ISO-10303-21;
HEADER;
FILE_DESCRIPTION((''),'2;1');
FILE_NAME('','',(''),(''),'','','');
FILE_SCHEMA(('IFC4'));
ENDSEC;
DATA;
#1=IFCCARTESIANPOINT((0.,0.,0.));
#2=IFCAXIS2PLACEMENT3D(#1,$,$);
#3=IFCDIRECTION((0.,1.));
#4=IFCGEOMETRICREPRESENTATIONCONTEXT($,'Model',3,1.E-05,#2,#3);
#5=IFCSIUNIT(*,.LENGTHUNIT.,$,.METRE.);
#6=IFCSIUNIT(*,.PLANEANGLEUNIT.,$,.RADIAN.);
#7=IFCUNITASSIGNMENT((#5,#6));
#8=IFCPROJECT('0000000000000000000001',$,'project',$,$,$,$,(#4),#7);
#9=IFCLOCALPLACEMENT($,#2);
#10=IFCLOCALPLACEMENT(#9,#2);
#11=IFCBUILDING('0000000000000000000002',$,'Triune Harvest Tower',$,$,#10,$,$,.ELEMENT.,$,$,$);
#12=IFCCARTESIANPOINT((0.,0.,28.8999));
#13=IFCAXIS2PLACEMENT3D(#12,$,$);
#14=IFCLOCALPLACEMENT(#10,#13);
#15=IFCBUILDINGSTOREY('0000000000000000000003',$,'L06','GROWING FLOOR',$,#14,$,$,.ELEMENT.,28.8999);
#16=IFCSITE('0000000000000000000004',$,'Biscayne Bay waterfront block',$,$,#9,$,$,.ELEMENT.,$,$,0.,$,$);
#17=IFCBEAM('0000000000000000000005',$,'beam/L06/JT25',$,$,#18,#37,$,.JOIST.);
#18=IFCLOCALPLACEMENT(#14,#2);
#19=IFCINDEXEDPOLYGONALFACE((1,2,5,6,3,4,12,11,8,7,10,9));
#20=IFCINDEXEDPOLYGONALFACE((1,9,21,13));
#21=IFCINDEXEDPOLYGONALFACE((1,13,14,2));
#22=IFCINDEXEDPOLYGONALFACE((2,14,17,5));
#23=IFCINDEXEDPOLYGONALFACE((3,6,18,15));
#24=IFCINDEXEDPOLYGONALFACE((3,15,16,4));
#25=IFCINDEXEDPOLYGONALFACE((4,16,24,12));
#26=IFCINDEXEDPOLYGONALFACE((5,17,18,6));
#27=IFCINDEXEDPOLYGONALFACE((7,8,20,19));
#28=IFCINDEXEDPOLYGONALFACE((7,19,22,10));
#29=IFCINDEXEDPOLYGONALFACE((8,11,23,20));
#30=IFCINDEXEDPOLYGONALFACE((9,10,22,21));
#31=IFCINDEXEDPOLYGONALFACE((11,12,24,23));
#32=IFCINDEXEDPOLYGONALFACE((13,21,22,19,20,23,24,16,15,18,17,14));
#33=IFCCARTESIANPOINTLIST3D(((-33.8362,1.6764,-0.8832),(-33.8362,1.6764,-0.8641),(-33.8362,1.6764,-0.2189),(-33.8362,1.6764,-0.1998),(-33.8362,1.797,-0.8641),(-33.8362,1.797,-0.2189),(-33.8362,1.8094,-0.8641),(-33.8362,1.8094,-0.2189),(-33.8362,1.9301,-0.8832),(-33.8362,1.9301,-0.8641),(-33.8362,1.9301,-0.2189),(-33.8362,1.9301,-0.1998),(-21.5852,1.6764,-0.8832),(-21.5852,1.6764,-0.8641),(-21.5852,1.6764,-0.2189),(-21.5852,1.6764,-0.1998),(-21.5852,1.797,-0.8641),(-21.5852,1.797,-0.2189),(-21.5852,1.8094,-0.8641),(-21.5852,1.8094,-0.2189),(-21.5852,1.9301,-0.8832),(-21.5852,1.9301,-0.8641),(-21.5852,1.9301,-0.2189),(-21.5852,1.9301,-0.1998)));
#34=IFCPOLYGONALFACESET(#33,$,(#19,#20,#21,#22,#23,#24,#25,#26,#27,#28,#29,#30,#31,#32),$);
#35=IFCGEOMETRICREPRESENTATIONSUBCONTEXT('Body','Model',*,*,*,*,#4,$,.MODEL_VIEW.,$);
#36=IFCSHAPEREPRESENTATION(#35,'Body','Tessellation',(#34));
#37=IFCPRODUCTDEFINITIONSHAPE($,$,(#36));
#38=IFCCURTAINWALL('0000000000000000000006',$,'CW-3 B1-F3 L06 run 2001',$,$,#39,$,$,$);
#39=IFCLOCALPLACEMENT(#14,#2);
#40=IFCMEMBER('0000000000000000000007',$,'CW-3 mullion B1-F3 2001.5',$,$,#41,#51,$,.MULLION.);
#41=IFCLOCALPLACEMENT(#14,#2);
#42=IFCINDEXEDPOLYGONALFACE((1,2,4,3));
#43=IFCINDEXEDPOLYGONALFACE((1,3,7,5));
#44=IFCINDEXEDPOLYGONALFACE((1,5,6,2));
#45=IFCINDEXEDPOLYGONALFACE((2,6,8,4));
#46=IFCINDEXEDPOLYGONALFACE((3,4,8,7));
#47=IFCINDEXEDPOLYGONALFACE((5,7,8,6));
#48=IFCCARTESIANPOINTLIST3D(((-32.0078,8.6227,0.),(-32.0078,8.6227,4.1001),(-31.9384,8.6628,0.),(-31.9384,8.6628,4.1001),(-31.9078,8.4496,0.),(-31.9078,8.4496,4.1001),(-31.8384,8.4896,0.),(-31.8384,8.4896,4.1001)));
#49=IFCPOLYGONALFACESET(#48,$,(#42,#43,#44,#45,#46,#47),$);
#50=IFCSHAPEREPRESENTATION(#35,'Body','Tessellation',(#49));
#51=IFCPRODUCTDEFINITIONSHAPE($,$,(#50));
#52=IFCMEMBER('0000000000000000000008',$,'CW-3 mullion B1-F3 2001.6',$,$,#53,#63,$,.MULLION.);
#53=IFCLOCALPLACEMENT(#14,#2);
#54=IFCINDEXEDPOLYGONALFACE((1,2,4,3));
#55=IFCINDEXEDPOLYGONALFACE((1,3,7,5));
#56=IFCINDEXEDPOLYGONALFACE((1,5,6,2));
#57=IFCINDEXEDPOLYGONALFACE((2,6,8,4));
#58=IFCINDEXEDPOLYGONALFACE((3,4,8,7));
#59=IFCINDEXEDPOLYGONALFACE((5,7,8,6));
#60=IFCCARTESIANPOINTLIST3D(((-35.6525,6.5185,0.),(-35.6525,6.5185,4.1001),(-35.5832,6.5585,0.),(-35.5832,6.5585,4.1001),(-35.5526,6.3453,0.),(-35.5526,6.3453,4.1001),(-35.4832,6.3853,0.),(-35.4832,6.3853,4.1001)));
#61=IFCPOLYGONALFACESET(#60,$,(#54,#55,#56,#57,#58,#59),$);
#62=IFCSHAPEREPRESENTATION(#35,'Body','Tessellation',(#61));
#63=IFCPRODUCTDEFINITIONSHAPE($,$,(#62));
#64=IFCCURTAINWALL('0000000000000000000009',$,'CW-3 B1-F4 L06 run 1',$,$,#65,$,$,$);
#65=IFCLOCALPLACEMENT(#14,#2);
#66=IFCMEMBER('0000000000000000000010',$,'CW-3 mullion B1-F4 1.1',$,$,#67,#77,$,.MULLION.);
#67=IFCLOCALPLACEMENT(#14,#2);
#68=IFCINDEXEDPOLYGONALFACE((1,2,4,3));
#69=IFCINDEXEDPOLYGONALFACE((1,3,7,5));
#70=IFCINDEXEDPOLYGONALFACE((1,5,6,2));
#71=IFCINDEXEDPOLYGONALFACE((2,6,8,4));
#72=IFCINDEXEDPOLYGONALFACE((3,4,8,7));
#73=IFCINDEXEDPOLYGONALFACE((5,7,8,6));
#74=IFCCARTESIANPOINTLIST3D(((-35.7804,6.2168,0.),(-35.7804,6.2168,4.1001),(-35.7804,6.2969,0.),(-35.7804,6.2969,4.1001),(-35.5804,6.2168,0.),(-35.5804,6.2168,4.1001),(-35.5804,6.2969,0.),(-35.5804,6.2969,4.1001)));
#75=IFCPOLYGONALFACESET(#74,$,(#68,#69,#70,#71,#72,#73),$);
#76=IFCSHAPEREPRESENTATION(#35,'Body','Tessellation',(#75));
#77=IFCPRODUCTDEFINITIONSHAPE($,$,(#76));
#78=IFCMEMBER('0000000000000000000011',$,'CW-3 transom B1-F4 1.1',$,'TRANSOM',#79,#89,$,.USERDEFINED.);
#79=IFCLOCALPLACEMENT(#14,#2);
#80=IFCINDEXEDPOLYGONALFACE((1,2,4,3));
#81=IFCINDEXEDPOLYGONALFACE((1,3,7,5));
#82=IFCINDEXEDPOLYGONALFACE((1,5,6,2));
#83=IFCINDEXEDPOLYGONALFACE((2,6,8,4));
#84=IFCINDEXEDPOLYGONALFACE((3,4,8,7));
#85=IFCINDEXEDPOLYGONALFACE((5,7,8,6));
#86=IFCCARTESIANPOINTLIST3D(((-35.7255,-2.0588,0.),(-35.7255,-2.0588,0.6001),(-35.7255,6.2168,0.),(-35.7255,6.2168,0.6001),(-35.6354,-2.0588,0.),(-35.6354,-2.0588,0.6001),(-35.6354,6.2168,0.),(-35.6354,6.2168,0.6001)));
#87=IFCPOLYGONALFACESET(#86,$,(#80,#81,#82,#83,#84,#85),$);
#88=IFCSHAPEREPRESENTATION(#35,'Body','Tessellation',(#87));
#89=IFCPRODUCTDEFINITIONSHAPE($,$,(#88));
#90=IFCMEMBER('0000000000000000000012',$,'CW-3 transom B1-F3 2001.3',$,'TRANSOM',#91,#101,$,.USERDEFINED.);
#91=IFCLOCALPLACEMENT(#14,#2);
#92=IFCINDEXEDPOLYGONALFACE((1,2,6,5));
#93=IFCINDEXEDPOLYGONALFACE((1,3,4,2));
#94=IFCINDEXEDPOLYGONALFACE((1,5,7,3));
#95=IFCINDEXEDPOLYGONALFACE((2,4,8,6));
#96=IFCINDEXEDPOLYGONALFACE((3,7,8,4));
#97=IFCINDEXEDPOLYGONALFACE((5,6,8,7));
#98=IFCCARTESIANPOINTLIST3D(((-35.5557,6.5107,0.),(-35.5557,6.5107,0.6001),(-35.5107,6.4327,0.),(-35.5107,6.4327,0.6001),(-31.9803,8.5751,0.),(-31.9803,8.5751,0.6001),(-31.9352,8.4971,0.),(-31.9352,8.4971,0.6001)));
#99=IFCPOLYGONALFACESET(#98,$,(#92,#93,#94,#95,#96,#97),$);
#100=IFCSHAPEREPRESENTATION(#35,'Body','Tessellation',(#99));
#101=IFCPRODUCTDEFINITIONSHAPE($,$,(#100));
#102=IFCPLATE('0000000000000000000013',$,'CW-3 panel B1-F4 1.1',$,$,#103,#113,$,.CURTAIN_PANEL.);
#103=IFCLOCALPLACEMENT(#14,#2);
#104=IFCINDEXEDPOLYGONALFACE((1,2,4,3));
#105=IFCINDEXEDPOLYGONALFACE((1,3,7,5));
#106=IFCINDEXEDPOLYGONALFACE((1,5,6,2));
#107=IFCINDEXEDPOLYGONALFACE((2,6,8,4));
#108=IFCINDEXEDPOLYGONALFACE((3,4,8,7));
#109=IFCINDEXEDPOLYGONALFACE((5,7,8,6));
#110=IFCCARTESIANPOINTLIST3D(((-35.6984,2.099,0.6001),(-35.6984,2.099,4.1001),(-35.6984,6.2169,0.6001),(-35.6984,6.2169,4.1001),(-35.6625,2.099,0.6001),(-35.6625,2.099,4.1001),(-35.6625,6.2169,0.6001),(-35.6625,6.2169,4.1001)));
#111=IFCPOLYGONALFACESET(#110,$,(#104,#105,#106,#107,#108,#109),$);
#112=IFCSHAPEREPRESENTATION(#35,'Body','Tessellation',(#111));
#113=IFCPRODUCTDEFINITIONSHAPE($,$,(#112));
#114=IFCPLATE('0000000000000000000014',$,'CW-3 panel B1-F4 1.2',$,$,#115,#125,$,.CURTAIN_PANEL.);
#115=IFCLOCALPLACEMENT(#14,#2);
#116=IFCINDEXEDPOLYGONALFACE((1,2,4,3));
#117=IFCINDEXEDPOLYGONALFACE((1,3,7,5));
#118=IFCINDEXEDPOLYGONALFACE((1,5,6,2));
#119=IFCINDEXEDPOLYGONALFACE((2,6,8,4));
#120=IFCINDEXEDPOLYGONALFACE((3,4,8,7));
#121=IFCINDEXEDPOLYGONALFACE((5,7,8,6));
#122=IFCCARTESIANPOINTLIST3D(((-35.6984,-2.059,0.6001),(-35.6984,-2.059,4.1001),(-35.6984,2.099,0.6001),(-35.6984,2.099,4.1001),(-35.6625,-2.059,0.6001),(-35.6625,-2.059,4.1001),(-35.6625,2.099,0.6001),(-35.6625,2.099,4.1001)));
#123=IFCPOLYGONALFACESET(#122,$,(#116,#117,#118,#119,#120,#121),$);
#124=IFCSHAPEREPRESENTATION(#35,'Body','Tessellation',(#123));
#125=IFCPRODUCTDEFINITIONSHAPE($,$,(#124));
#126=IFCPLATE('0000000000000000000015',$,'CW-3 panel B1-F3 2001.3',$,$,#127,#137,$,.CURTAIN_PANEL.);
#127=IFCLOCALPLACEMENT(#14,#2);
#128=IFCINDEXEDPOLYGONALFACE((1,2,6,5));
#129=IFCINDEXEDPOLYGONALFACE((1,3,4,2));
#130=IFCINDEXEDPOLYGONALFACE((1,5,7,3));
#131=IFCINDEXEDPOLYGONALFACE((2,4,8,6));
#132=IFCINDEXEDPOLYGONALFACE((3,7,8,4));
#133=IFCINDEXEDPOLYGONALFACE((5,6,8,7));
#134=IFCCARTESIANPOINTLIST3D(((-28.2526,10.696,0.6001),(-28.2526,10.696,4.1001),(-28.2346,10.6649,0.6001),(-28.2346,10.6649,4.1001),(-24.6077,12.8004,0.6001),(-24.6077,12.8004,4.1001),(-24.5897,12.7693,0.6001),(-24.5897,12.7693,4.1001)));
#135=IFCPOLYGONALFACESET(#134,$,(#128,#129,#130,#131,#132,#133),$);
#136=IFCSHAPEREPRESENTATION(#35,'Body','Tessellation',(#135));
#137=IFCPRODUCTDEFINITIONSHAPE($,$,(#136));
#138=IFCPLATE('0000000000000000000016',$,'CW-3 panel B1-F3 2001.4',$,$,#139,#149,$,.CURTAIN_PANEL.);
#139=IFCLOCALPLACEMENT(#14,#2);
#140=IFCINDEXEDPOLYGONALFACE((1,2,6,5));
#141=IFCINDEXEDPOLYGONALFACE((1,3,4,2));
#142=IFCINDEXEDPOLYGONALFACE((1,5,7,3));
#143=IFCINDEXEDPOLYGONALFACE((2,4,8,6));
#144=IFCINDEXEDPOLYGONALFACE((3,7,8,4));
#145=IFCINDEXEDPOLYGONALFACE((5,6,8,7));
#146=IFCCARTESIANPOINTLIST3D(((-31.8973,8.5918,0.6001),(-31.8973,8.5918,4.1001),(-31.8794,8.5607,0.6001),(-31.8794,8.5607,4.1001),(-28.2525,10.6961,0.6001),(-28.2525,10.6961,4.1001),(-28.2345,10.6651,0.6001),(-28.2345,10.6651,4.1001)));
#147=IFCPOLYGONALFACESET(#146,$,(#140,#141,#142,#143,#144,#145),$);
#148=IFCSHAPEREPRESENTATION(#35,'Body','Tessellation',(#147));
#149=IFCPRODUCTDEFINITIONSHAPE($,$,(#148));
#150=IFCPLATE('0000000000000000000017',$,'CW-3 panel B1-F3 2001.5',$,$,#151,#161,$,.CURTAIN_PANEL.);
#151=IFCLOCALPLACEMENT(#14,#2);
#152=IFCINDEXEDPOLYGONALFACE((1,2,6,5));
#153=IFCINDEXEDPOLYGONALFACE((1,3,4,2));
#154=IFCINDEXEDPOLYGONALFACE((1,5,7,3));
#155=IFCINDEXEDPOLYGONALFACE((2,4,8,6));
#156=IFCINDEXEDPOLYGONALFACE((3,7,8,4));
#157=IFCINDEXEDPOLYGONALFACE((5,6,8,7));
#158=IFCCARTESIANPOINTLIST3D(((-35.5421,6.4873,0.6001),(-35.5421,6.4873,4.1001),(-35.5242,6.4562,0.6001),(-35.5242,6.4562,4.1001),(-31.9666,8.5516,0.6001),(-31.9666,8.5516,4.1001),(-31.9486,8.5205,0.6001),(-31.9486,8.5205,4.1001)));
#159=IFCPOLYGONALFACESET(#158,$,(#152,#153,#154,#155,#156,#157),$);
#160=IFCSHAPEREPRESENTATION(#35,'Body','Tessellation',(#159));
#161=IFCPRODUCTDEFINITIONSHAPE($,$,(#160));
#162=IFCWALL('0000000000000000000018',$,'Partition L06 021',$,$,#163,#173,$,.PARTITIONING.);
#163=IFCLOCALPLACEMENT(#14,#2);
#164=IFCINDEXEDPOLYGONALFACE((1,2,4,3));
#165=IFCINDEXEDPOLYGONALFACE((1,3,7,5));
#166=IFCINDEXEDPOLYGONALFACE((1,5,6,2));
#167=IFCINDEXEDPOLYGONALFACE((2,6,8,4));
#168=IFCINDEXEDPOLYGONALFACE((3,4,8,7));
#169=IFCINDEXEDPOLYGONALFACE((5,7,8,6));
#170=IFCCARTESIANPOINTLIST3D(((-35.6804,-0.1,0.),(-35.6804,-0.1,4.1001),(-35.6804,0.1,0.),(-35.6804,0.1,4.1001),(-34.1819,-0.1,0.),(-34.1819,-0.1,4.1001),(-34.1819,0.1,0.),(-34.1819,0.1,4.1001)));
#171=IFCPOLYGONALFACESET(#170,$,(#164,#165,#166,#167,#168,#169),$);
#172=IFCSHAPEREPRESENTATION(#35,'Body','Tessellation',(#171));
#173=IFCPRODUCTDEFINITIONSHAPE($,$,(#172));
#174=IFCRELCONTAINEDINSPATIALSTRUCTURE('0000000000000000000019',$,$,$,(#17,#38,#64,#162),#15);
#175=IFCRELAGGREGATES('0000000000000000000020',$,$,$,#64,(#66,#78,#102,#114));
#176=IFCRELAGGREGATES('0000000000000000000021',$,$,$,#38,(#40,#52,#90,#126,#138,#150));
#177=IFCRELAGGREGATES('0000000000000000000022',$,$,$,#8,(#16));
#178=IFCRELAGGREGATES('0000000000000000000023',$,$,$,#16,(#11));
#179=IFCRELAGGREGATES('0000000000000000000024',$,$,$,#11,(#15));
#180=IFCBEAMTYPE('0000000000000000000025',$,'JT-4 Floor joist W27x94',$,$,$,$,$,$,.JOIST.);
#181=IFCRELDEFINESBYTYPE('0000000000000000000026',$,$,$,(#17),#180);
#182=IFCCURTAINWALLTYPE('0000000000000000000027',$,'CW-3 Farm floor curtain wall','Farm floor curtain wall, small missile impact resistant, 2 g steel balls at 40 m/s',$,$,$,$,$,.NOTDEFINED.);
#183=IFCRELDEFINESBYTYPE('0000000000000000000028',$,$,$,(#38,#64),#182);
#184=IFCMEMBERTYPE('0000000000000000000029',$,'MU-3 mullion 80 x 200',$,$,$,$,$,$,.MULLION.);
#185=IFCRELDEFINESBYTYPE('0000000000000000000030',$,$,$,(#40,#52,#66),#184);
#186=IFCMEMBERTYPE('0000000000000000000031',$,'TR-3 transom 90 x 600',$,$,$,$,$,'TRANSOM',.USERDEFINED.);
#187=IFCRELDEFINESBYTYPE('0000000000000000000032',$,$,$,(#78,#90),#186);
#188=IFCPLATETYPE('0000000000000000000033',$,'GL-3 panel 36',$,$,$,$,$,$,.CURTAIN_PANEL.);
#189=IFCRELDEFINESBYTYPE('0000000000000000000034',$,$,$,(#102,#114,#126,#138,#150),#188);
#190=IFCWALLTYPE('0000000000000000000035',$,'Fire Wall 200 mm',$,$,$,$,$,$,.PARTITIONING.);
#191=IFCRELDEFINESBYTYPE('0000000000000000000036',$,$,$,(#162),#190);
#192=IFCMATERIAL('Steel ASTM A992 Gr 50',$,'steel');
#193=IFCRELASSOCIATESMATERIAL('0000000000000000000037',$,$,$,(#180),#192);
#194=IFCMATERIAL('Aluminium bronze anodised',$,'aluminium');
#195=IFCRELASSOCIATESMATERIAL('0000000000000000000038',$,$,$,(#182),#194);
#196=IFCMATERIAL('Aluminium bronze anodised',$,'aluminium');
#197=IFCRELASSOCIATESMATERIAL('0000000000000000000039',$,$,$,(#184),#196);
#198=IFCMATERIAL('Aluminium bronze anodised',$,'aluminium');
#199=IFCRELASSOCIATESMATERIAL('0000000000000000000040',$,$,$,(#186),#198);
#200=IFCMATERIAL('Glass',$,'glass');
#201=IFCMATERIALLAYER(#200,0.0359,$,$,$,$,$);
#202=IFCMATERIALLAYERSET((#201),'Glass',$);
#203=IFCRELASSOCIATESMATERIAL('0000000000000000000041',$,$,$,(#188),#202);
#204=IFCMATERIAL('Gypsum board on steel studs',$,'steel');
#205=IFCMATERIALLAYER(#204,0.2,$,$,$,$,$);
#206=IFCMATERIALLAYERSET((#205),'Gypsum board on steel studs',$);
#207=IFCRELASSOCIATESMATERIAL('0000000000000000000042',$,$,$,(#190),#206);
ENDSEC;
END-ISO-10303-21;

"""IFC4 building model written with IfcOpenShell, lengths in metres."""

from ifc_helpers import new_model, si_unit, direction, frame, frame_2d, origin, origin_2d, place, context, subcontext, project, spatial, rectangle, i_section, extrude, source, transform, mapped, material, layer, layer_set, material_profile, profile_set, type_object, element, aggregate, save


model = new_model("IFC4")

# Units and contexts
model_context = context("Model", 3, precision=1e-05, world=origin(), true_north=direction((0.0, 1.0)))
body_context = subcontext(model_context, "Body", "Model", "MODEL_VIEW")
ifc_project = project(units=[si_unit("LENGTHUNIT", "METRE"), si_unit("PLANEANGLEUNIT", "RADIAN")], contexts=[model_context])

# Site, building, storey
site_placement = place(None, origin())
site = spatial("IfcSite", under=ifc_project, at=site_placement, Name="Biscayne Bay waterfront block", CompositionType="ELEMENT", RefElevation=0.0)
building_placement = place(site_placement, origin())
building = spatial("IfcBuilding", under=site, at=building_placement, Name="Triune Harvest Tower", CompositionType="ELEMENT")
storey_placement = place(building_placement, frame((0.0, 0.0, 28.8999)))
storey = spatial("IfcBuildingStorey", under=building, at=storey_placement, Name="L06", Description="GROWING FLOOR", CompositionType="ELEMENT", Elevation=28.8999)

# Beam
ifc_material_1 = material(Name="Steel ASTM A992 Gr 50", Category="steel")
ifc_material_profile_1 = material_profile(ifc_material_1, i_section(OverallWidth=0.2537, OverallDepth=0.6833, WebThickness=0.0125, FlangeThickness=0.019, at=origin_2d()), Name="W27x94")
ifc_profile_set_1 = profile_set([ifc_material_profile_1], Name="Steel ASTM A992 Gr 50")
beam_type_1 = type_object("IfcBeamType", Name="JT-4 Floor joist W27x94", PredefinedType="JOIST", material=ifc_profile_set_1)
shared_shape_1 = source(origin(), body_context, "Body", "SweptSolid", [
    extrude(i_section(OverallWidth=0.2537, OverallDepth=0.6833, WebThickness=0.0125, FlangeThickness=0.019, at=origin_2d()), origin(), (0.0, 0.0, 1.0), 12.251),
])
beam_1_placement = place(storey_placement, frame((-33.8362, 1.8032, -0.5415), z_axis=(1.0, 0.0, 0.0), x_axis=(0.0, 1.0, 0.0)))
element("IfcBeam", 1, at=beam_1_placement, inside=storey, type_object=beam_type_1, Name="beam/L06/JT25", PredefinedType="JOIST", context=body_context, shape_type="MappedRepresentation", body=[
    mapped(shared_shape_1, transform((0.0, 0.0, 0.0), scale=1.0)),
])

# Curtain walls, members
ifc_material_2 = material(Name="Aluminium bronze anodised", Category="aluminium")
curtain_wall_type = type_object("IfcCurtainWallType", Name="CW-3 Farm floor curtain wall", Description="Farm floor curtain wall, small missile impact resistant, 2 g steel balls at 40 m/s", PredefinedType="NOTDEFINED", material=ifc_material_2)
curtain_wall_1_placement = place(storey_placement, origin())
curtain_wall_1 = element("IfcCurtainWall", 2, at=curtain_wall_1_placement, inside=storey, type_object=curtain_wall_type, Name="CW-3 B1-F3 L06 run 2001")
ifc_material_3 = material(Name="Aluminium bronze anodised", Category="aluminium")
ifc_material_profile_2 = material_profile(ifc_material_3, rectangle(XDim=0.2, YDim=0.0801, at=origin_2d()), Name="MU-3 mullion 80 x 200")
ifc_profile_set_2 = profile_set([ifc_material_profile_2], Name="Aluminium bronze anodised")
member_type_1 = type_object("IfcMemberType", Name="MU-3 mullion 80 x 200", PredefinedType="MULLION", material=ifc_profile_set_2)
shared_shape_2 = source(origin(), body_context, "Body", "SweptSolid", [
    extrude(rectangle(XDim=0.2, YDim=0.0801, at=origin_2d()), origin(), (0.0, 0.0, 1.0), 4.1001),
])
member_1_placement = place(storey_placement, frame((-31.9231, 8.5562, 0.0), z_axis=(0.0, 0.0, 1.0), x_axis=(0.499999, -0.866026, 0.0)))
member_1 = element("IfcMember", 3, at=member_1_placement, type_object=member_type_1, Name="CW-3 mullion B1-F3 2001.5", PredefinedType="MULLION", context=body_context, shape_type="MappedRepresentation", body=[
    mapped(shared_shape_2, transform((0.0, 0.0, 0.0), scale=1.0)),
])
member_2_placement = place(storey_placement, frame((-35.5679, 6.4519, 0.0), z_axis=(0.0, 0.0, 1.0), x_axis=(0.499999, -0.866026, 0.0)))
member_2 = element("IfcMember", 4, at=member_2_placement, type_object=member_type_1, Name="CW-3 mullion B1-F3 2001.6", PredefinedType="MULLION", context=body_context, shape_type="MappedRepresentation", body=[
    mapped(shared_shape_2, transform((0.0, 0.0, 0.0), scale=1.0)),
])
curtain_wall_2_placement = place(storey_placement, origin())
curtain_wall_2 = element("IfcCurtainWall", 5, at=curtain_wall_2_placement, inside=storey, type_object=curtain_wall_type, Name="CW-3 B1-F4 L06 run 1")
member_3_placement = place(storey_placement, frame((-35.6804, 6.2568, 0.0), z_axis=(0.0, 0.0, 1.0), x_axis=(1.0, 0.0, 0.0)))
member_3 = element("IfcMember", 6, at=member_3_placement, type_object=member_type_1, Name="CW-3 mullion B1-F4 1.1", PredefinedType="MULLION", context=body_context, shape_type="MappedRepresentation", body=[
    mapped(shared_shape_2, transform((0.0, 0.0, 0.0), scale=1.0)),
])
ifc_material_4 = material(Name="Aluminium bronze anodised", Category="aluminium")
ifc_material_profile_3 = material_profile(ifc_material_4, rectangle(XDim=0.0901, YDim=0.6001, at=origin_2d()), Name="TR-3 transom 90 x 600")
ifc_profile_set_3 = profile_set([ifc_material_profile_3], Name="Aluminium bronze anodised")
member_type_2 = type_object("IfcMemberType", Name="TR-3 transom 90 x 600", ElementType="TRANSOM", PredefinedType="USERDEFINED", material=ifc_profile_set_3)
shared_shape_3 = source(origin(), body_context, "Body", "SweptSolid", [
    extrude(rectangle(XDim=0.0901, YDim=0.6001, at=origin_2d()), origin(), (0.0, 0.0, 1.0), 8.2756),
])
member_4_placement = place(storey_placement, frame((-35.6804, 6.2168, 0.3), z_axis=(0.0, -1.0, 0.0), x_axis=(1.0, 0.0, 0.0)))
member_4 = element("IfcMember", 7, at=member_4_placement, type_object=member_type_2, Name="CW-3 transom B1-F4 1.1", ObjectType="TRANSOM", PredefinedType="USERDEFINED", context=body_context, shape_type="MappedRepresentation", body=[
    mapped(shared_shape_3, transform((0.0, 0.0, 0.0), scale=1.0)),
])

# Member
shared_shape_4 = source(origin(), body_context, "Body", "SweptSolid", [
    extrude(rectangle(XDim=0.0901, YDim=0.6001, at=origin_2d()), origin(), (0.0, 0.0, 1.0), 4.1287),
])
member_5_placement = place(storey_placement, frame((-31.9578, 8.5361, 0.3), z_axis=(-0.866007, -0.500031, 0.0), x_axis=(0.500031, -0.866007, 0.0)))
member_5 = element("IfcMember", 8, at=member_5_placement, type_object=member_type_2, Name="CW-3 transom B1-F3 2001.3", ObjectType="TRANSOM", PredefinedType="USERDEFINED", context=body_context, shape_type="MappedRepresentation", body=[
    mapped(shared_shape_4, transform((0.0, 0.0, 0.0), scale=1.0)),
])

# Plates
ifc_material_5 = material(Name="Glass", Category="glass")
ifc_layer_1 = layer(ifc_material_5, 0.0359)
ifc_layer_set_1 = layer_set([ifc_layer_1], Name="Glass")
plate_type = type_object("IfcPlateType", Name="GL-3 panel 36", PredefinedType="CURTAIN_PANEL", material=ifc_layer_set_1)
shared_shape_5 = source(origin(), body_context, "Body", "SweptSolid", [
    extrude(rectangle(XDim=4.1179, YDim=0.0359, at=origin_2d()), origin(), (0.0, 0.0, 1.0), 3.5),
])
plate_1_placement = place(storey_placement, frame((-35.6804, 4.158, 0.6001), z_axis=(0.0, 0.0, 1.0), x_axis=(0.0, -1.0, 0.0)))
plate_1 = element("IfcPlate", 9, at=plate_1_placement, type_object=plate_type, Name="CW-3 panel B1-F4 1.1", PredefinedType="CURTAIN_PANEL", context=body_context, shape_type="MappedRepresentation", body=[
    mapped(shared_shape_5, transform((0.0, 0.0, 0.0), scale=1.0)),
])
shared_shape_6 = source(origin(), body_context, "Body", "SweptSolid", [
    extrude(rectangle(XDim=4.158, YDim=0.0359, at=origin_2d()), origin(), (0.0, 0.0, 1.0), 3.5),
])
plate_2_placement = place(storey_placement, frame((-35.6804, 0.02, 0.6001), z_axis=(0.0, 0.0, 1.0), x_axis=(0.0, -1.0, 0.0)))
plate_2 = element("IfcPlate", 10, at=plate_2_placement, type_object=plate_type, Name="CW-3 panel B1-F4 1.2", PredefinedType="CURTAIN_PANEL", context=body_context, shape_type="MappedRepresentation", body=[
    mapped(shared_shape_6, transform((0.0, 0.0, 0.0), scale=1.0)),
])
aggregate(curtain_wall_2, [member_3, member_4, plate_1, plate_2])
shared_shape_7 = source(origin(), body_context, "Body", "SweptSolid", [
    extrude(rectangle(XDim=4.2087, YDim=0.0359, at=origin_2d()), origin(), (0.0, 0.0, 1.0), 3.5),
])
plate_3_placement = place(storey_placement, frame((-26.4211, 11.7327, 0.6001), z_axis=(0.0, 0.0, 1.0), x_axis=(-0.866026, -0.499999, 0.0)))
plate_3 = element("IfcPlate", 11, at=plate_3_placement, type_object=plate_type, Name="CW-3 panel B1-F3 2001.3", PredefinedType="CURTAIN_PANEL", context=body_context, shape_type="MappedRepresentation", body=[
    mapped(shared_shape_7, transform((0.0, 0.0, 0.0), scale=1.0)),
])
plate_4_placement = place(storey_placement, frame((-30.0659, 9.6284, 0.6001), z_axis=(0.0, 0.0, 1.0), x_axis=(-0.866026, -0.499999, 0.0)))
plate_4 = element("IfcPlate", 12, at=plate_4_placement, type_object=plate_type, Name="CW-3 panel B1-F3 2001.4", PredefinedType="CURTAIN_PANEL", context=body_context, shape_type="MappedRepresentation", body=[
    mapped(shared_shape_7, transform((0.0, 0.0, 0.0), scale=1.0)),
])
shared_shape_8 = source(origin(), body_context, "Body", "SweptSolid", [
    extrude(rectangle(XDim=4.1287, YDim=0.0359, at=origin_2d()), origin(), (0.0, 0.0, 1.0), 3.5),
])
plate_5_placement = place(storey_placement, frame((-33.7454, 7.5039, 0.6001), z_axis=(0.0, 0.0, 1.0), x_axis=(-0.866026, -0.499999, 0.0)))
plate_5 = element("IfcPlate", 13, at=plate_5_placement, type_object=plate_type, Name="CW-3 panel B1-F3 2001.5", PredefinedType="CURTAIN_PANEL", context=body_context, shape_type="MappedRepresentation", body=[
    mapped(shared_shape_8, transform((0.0, 0.0, 0.0), scale=1.0)),
])
aggregate(curtain_wall_1, [member_1, member_2, member_5, plate_3, plate_4, plate_5])

# Wall
ifc_material_6 = material(Name="Gypsum board on steel studs", Category="steel")
ifc_layer_2 = layer(ifc_material_6, 0.2)
ifc_layer_set_2 = layer_set([ifc_layer_2], Name="Gypsum board on steel studs")
wall_type = type_object("IfcWallType", Name="Fire Wall 200 mm", PredefinedType="PARTITIONING", material=ifc_layer_set_2)
shared_shape_9 = source(origin(), body_context, "Body", "SweptSolid", [
    extrude(rectangle(XDim=1.4985, YDim=0.2, at=frame_2d((0.7493, 0.0))), origin(), (0.0, 0.0, 1.0), 4.1001),
])
wall_1_placement = place(storey_placement, frame((-35.6804, 0.0, 0.0), z_axis=(0.0, 0.0, 1.0), x_axis=(1.0, 0.0, 0.0)))
element("IfcWall", 14, at=wall_1_placement, inside=storey, type_object=wall_type, Name="Partition L06 021", PredefinedType="PARTITIONING", context=body_context, shape_type="MappedRepresentation", body=[
    mapped(shared_shape_9, transform((0.0, 0.0, 0.0), scale=1.0)),
])

save(model, "model.ifc")
